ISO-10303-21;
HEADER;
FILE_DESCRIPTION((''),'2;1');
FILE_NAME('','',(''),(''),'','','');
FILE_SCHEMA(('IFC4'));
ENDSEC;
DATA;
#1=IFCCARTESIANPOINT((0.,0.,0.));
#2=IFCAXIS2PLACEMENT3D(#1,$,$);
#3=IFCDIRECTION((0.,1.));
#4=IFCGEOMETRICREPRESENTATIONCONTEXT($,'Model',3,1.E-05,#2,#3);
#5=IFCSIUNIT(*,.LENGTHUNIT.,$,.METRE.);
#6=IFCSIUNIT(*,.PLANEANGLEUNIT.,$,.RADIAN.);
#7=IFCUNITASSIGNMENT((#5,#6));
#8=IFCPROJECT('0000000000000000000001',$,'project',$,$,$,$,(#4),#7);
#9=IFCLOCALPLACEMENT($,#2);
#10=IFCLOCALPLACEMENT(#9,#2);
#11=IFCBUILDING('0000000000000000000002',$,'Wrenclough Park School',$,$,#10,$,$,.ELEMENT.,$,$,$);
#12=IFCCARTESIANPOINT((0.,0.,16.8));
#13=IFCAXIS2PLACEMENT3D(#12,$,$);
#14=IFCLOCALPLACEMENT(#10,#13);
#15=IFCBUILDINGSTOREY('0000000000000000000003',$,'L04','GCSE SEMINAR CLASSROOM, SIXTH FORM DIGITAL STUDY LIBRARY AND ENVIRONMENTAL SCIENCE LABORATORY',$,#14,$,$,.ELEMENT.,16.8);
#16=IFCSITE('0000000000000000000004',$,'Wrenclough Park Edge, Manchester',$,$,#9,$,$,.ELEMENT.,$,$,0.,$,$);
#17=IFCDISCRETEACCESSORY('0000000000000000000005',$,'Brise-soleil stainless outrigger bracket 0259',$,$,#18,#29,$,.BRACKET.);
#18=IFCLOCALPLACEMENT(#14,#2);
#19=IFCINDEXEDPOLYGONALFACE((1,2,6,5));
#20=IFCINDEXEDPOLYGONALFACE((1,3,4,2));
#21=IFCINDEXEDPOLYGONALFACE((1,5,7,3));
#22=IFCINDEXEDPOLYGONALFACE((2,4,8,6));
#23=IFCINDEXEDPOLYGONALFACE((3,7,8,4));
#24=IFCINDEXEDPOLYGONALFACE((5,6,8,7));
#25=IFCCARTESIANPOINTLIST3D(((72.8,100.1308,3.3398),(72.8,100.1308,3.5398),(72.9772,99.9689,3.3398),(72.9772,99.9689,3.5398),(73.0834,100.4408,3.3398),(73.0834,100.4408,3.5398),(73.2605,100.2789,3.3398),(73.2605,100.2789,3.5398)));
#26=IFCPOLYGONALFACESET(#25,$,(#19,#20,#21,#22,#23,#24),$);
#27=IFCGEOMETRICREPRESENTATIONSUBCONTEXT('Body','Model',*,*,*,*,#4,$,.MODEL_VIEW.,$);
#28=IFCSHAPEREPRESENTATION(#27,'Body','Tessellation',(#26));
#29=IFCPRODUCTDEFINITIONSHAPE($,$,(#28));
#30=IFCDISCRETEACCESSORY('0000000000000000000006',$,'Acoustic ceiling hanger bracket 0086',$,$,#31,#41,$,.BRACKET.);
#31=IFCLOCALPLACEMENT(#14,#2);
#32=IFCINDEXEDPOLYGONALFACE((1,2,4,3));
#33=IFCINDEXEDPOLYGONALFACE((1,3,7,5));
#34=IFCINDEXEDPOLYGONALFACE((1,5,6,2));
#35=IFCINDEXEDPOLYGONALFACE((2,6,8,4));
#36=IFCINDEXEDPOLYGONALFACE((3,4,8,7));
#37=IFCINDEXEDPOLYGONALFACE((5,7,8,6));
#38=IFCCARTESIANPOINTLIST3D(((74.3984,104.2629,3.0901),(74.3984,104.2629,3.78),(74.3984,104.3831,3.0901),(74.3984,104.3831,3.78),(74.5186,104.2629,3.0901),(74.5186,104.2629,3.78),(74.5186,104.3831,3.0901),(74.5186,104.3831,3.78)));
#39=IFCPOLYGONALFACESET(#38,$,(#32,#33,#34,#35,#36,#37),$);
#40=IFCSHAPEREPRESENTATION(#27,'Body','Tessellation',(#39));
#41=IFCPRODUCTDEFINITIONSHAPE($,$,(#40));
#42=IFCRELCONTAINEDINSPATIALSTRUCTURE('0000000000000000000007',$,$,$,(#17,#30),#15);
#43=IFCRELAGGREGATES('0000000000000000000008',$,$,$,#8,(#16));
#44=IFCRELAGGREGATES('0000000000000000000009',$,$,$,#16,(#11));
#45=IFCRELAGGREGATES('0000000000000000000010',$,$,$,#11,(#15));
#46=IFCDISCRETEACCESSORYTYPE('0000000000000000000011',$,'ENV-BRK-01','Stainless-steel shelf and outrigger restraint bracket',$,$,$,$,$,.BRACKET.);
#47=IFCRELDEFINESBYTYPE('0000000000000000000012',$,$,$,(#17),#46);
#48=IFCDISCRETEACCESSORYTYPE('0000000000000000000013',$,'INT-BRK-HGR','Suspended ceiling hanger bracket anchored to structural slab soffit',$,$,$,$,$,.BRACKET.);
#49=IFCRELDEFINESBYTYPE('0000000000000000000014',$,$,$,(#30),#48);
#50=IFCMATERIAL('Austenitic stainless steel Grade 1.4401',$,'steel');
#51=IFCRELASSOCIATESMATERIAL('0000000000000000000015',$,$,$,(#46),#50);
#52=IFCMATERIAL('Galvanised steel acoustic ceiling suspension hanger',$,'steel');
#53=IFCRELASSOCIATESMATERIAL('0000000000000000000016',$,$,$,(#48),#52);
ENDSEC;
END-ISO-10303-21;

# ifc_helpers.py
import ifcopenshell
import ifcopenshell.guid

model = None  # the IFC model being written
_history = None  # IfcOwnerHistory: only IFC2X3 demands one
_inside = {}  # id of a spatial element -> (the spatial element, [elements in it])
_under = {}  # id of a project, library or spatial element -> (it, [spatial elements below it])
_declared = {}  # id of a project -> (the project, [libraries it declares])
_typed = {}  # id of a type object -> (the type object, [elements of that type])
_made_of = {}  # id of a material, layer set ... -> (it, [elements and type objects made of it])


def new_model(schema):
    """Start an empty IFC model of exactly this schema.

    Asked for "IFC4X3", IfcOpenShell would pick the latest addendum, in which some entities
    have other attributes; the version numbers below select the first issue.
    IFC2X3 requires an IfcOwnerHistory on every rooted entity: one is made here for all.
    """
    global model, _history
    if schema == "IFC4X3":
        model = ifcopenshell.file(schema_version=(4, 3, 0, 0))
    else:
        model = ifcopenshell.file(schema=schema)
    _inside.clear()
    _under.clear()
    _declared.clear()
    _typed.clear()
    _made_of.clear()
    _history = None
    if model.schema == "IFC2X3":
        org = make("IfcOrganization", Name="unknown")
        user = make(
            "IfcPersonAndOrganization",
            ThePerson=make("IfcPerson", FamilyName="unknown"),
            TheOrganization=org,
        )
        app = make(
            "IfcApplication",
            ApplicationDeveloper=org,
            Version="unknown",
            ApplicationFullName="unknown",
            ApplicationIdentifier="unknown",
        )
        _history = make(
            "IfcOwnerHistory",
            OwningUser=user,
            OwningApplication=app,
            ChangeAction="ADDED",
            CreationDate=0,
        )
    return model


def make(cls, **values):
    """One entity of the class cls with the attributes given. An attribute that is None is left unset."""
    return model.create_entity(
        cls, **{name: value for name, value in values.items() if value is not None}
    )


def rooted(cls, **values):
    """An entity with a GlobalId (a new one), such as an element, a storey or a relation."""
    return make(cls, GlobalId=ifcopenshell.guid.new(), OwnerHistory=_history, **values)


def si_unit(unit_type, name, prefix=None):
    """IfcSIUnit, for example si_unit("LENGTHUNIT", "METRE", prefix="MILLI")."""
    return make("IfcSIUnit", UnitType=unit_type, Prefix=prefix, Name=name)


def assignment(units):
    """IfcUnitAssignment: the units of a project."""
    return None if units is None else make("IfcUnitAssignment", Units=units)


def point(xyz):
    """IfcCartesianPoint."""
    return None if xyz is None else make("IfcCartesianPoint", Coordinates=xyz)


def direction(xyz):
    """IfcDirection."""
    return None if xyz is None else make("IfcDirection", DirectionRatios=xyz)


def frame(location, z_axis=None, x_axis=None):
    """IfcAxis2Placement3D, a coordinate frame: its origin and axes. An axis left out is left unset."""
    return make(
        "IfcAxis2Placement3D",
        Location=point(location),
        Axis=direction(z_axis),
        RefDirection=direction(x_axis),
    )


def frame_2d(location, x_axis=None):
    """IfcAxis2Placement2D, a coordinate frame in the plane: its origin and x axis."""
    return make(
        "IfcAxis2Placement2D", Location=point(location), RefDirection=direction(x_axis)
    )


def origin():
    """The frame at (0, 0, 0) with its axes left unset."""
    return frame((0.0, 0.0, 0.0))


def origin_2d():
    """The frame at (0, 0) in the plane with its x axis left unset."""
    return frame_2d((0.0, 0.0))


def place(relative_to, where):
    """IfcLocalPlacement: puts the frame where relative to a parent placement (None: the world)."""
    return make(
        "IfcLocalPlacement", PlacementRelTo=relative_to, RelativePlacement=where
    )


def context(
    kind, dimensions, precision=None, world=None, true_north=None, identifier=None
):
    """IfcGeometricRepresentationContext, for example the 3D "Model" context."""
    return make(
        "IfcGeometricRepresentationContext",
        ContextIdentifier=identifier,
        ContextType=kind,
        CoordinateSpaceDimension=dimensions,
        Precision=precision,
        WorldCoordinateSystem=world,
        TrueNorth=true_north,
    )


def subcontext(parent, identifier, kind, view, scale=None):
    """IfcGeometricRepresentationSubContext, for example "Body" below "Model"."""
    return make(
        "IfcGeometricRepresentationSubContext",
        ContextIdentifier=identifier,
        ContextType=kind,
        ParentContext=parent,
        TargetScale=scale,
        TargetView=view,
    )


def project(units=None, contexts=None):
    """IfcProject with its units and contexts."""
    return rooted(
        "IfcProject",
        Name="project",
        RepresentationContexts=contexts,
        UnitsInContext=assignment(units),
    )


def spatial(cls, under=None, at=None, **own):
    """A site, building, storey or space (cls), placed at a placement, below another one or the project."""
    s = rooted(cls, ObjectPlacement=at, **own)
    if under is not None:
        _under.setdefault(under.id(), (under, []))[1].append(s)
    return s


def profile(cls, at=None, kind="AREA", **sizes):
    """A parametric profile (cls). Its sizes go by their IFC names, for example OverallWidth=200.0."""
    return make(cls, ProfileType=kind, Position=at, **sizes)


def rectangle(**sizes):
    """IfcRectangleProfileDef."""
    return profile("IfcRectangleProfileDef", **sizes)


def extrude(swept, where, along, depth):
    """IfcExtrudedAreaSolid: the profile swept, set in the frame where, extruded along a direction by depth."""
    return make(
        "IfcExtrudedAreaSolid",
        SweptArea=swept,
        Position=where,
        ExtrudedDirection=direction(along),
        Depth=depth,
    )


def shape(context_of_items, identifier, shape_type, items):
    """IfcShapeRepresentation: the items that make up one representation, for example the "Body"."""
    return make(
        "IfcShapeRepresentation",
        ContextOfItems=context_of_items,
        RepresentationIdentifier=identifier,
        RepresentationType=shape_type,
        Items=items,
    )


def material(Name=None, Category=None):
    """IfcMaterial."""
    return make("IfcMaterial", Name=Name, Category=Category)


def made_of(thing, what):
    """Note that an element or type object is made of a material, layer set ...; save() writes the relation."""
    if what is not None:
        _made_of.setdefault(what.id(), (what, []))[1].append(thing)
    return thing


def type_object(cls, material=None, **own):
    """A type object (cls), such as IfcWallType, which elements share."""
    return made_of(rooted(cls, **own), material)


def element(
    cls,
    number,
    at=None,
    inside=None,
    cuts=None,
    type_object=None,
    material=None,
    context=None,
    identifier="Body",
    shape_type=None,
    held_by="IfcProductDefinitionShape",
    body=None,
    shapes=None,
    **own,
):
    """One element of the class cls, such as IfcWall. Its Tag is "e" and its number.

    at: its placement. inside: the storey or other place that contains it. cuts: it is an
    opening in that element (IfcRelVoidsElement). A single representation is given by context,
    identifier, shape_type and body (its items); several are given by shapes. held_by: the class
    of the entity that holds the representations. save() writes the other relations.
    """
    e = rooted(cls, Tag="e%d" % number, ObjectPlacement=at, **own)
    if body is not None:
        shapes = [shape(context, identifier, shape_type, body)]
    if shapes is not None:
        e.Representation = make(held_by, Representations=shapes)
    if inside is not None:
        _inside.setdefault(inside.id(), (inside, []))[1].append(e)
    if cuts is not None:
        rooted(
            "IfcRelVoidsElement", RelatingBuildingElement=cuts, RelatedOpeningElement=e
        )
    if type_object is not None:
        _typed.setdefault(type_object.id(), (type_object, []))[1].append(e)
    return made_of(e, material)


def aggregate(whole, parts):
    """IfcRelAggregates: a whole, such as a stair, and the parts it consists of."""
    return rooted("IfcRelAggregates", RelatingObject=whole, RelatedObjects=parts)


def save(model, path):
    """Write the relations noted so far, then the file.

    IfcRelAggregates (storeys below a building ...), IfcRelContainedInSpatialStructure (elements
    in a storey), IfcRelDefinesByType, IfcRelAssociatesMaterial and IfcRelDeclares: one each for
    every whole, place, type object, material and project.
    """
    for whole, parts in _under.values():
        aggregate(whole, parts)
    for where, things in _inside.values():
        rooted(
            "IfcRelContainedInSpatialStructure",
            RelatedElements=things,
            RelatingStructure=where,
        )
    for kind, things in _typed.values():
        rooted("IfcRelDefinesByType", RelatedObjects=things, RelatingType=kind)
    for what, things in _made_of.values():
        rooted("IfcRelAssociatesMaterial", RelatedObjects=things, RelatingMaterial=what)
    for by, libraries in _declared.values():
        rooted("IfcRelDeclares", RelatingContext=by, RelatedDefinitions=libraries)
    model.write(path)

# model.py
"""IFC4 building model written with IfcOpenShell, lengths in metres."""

from ifc_helpers import new_model, si_unit, direction, frame, origin, origin_2d, place, context, subcontext, project, spatial, rectangle, extrude, material, type_object, element, save


model = new_model("IFC4")

# Units and contexts
model_context = context("Model", 3, precision=1e-05, world=origin(), true_north=direction((0.0, 1.0)))
body_context = subcontext(model_context, "Body", "Model", "MODEL_VIEW")
ifc_project = project(units=[si_unit("LENGTHUNIT", "METRE"), si_unit("PLANEANGLEUNIT", "RADIAN")], contexts=[model_context])

# Site, building, storey
site_placement = place(None, origin())
site = spatial("IfcSite", under=ifc_project, at=site_placement, Name="Wrenclough Park Edge, Manchester", CompositionType="ELEMENT", RefElevation=0.0)
building_placement = place(site_placement, origin())
building = spatial("IfcBuilding", under=site, at=building_placement, Name="Wrenclough Park School", CompositionType="ELEMENT")
storey_placement = place(building_placement, frame((0.0, 0.0, 16.8)))
storey = spatial("IfcBuildingStorey", under=building, at=storey_placement, Name="L04", Description="GCSE SEMINAR CLASSROOM, SIXTH FORM DIGITAL STUDY LIBRARY AND ENVIRONMENTAL SCIENCE LABORATORY", CompositionType="ELEMENT", Elevation=16.8)

# Discrete accessories
ifc_material_1 = material(Name="Austenitic stainless steel Grade 1.4401", Category="steel")
discrete_accessory_type_1 = type_object("IfcDiscreteAccessoryType", Name="ENV-BRK-01", Description="Stainless-steel shelf and outrigger restraint bracket", PredefinedType="BRACKET", material=ifc_material_1)
for number, where, z_axis, x_axis, name in (
    (1, (73.0303, 100.2048, 3.3398), (0.0, 0.0, 1.0), (0.738116, -0.674673, 0.0), "Brise-soleil stainless outrigger bracket 0259"),
):
    element("IfcDiscreteAccessory", number, at=place(storey_placement, frame(where, z_axis=z_axis, x_axis=x_axis)), inside=storey, type_object=discrete_accessory_type_1, Name=name, PredefinedType="BRACKET", context=body_context, shape_type="SweptSolid", body=[
        extrude(rectangle(XDim=0.24, YDim=0.4199, at=origin_2d()), origin(), (0.0, 0.0, 1.0), 0.2),
    ])
ifc_material_2 = material(Name="Galvanised steel acoustic ceiling suspension hanger", Category="steel")
discrete_accessory_type_2 = type_object("IfcDiscreteAccessoryType", Name="INT-BRK-HGR", Description="Suspended ceiling hanger bracket anchored to structural slab soffit", PredefinedType="BRACKET", material=ifc_material_2)
discrete_accessory_placement = place(storey_placement, frame((74.4585, 104.323, 3.0901), z_axis=(0.0, 0.0, 1.0), x_axis=(1.0, 0.0, 0.0)))
element("IfcDiscreteAccessory", 2, at=discrete_accessory_placement, inside=storey, type_object=discrete_accessory_type_2, Name="Acoustic ceiling hanger bracket 0086", PredefinedType="BRACKET", context=body_context, shape_type="SweptSolid", body=[
    extrude(rectangle(XDim=0.1201, YDim=0.1201, at=origin_2d()), origin(), (0.0, 0.0, 1.0), 0.6899),
])

save(model, "model.ifc")
